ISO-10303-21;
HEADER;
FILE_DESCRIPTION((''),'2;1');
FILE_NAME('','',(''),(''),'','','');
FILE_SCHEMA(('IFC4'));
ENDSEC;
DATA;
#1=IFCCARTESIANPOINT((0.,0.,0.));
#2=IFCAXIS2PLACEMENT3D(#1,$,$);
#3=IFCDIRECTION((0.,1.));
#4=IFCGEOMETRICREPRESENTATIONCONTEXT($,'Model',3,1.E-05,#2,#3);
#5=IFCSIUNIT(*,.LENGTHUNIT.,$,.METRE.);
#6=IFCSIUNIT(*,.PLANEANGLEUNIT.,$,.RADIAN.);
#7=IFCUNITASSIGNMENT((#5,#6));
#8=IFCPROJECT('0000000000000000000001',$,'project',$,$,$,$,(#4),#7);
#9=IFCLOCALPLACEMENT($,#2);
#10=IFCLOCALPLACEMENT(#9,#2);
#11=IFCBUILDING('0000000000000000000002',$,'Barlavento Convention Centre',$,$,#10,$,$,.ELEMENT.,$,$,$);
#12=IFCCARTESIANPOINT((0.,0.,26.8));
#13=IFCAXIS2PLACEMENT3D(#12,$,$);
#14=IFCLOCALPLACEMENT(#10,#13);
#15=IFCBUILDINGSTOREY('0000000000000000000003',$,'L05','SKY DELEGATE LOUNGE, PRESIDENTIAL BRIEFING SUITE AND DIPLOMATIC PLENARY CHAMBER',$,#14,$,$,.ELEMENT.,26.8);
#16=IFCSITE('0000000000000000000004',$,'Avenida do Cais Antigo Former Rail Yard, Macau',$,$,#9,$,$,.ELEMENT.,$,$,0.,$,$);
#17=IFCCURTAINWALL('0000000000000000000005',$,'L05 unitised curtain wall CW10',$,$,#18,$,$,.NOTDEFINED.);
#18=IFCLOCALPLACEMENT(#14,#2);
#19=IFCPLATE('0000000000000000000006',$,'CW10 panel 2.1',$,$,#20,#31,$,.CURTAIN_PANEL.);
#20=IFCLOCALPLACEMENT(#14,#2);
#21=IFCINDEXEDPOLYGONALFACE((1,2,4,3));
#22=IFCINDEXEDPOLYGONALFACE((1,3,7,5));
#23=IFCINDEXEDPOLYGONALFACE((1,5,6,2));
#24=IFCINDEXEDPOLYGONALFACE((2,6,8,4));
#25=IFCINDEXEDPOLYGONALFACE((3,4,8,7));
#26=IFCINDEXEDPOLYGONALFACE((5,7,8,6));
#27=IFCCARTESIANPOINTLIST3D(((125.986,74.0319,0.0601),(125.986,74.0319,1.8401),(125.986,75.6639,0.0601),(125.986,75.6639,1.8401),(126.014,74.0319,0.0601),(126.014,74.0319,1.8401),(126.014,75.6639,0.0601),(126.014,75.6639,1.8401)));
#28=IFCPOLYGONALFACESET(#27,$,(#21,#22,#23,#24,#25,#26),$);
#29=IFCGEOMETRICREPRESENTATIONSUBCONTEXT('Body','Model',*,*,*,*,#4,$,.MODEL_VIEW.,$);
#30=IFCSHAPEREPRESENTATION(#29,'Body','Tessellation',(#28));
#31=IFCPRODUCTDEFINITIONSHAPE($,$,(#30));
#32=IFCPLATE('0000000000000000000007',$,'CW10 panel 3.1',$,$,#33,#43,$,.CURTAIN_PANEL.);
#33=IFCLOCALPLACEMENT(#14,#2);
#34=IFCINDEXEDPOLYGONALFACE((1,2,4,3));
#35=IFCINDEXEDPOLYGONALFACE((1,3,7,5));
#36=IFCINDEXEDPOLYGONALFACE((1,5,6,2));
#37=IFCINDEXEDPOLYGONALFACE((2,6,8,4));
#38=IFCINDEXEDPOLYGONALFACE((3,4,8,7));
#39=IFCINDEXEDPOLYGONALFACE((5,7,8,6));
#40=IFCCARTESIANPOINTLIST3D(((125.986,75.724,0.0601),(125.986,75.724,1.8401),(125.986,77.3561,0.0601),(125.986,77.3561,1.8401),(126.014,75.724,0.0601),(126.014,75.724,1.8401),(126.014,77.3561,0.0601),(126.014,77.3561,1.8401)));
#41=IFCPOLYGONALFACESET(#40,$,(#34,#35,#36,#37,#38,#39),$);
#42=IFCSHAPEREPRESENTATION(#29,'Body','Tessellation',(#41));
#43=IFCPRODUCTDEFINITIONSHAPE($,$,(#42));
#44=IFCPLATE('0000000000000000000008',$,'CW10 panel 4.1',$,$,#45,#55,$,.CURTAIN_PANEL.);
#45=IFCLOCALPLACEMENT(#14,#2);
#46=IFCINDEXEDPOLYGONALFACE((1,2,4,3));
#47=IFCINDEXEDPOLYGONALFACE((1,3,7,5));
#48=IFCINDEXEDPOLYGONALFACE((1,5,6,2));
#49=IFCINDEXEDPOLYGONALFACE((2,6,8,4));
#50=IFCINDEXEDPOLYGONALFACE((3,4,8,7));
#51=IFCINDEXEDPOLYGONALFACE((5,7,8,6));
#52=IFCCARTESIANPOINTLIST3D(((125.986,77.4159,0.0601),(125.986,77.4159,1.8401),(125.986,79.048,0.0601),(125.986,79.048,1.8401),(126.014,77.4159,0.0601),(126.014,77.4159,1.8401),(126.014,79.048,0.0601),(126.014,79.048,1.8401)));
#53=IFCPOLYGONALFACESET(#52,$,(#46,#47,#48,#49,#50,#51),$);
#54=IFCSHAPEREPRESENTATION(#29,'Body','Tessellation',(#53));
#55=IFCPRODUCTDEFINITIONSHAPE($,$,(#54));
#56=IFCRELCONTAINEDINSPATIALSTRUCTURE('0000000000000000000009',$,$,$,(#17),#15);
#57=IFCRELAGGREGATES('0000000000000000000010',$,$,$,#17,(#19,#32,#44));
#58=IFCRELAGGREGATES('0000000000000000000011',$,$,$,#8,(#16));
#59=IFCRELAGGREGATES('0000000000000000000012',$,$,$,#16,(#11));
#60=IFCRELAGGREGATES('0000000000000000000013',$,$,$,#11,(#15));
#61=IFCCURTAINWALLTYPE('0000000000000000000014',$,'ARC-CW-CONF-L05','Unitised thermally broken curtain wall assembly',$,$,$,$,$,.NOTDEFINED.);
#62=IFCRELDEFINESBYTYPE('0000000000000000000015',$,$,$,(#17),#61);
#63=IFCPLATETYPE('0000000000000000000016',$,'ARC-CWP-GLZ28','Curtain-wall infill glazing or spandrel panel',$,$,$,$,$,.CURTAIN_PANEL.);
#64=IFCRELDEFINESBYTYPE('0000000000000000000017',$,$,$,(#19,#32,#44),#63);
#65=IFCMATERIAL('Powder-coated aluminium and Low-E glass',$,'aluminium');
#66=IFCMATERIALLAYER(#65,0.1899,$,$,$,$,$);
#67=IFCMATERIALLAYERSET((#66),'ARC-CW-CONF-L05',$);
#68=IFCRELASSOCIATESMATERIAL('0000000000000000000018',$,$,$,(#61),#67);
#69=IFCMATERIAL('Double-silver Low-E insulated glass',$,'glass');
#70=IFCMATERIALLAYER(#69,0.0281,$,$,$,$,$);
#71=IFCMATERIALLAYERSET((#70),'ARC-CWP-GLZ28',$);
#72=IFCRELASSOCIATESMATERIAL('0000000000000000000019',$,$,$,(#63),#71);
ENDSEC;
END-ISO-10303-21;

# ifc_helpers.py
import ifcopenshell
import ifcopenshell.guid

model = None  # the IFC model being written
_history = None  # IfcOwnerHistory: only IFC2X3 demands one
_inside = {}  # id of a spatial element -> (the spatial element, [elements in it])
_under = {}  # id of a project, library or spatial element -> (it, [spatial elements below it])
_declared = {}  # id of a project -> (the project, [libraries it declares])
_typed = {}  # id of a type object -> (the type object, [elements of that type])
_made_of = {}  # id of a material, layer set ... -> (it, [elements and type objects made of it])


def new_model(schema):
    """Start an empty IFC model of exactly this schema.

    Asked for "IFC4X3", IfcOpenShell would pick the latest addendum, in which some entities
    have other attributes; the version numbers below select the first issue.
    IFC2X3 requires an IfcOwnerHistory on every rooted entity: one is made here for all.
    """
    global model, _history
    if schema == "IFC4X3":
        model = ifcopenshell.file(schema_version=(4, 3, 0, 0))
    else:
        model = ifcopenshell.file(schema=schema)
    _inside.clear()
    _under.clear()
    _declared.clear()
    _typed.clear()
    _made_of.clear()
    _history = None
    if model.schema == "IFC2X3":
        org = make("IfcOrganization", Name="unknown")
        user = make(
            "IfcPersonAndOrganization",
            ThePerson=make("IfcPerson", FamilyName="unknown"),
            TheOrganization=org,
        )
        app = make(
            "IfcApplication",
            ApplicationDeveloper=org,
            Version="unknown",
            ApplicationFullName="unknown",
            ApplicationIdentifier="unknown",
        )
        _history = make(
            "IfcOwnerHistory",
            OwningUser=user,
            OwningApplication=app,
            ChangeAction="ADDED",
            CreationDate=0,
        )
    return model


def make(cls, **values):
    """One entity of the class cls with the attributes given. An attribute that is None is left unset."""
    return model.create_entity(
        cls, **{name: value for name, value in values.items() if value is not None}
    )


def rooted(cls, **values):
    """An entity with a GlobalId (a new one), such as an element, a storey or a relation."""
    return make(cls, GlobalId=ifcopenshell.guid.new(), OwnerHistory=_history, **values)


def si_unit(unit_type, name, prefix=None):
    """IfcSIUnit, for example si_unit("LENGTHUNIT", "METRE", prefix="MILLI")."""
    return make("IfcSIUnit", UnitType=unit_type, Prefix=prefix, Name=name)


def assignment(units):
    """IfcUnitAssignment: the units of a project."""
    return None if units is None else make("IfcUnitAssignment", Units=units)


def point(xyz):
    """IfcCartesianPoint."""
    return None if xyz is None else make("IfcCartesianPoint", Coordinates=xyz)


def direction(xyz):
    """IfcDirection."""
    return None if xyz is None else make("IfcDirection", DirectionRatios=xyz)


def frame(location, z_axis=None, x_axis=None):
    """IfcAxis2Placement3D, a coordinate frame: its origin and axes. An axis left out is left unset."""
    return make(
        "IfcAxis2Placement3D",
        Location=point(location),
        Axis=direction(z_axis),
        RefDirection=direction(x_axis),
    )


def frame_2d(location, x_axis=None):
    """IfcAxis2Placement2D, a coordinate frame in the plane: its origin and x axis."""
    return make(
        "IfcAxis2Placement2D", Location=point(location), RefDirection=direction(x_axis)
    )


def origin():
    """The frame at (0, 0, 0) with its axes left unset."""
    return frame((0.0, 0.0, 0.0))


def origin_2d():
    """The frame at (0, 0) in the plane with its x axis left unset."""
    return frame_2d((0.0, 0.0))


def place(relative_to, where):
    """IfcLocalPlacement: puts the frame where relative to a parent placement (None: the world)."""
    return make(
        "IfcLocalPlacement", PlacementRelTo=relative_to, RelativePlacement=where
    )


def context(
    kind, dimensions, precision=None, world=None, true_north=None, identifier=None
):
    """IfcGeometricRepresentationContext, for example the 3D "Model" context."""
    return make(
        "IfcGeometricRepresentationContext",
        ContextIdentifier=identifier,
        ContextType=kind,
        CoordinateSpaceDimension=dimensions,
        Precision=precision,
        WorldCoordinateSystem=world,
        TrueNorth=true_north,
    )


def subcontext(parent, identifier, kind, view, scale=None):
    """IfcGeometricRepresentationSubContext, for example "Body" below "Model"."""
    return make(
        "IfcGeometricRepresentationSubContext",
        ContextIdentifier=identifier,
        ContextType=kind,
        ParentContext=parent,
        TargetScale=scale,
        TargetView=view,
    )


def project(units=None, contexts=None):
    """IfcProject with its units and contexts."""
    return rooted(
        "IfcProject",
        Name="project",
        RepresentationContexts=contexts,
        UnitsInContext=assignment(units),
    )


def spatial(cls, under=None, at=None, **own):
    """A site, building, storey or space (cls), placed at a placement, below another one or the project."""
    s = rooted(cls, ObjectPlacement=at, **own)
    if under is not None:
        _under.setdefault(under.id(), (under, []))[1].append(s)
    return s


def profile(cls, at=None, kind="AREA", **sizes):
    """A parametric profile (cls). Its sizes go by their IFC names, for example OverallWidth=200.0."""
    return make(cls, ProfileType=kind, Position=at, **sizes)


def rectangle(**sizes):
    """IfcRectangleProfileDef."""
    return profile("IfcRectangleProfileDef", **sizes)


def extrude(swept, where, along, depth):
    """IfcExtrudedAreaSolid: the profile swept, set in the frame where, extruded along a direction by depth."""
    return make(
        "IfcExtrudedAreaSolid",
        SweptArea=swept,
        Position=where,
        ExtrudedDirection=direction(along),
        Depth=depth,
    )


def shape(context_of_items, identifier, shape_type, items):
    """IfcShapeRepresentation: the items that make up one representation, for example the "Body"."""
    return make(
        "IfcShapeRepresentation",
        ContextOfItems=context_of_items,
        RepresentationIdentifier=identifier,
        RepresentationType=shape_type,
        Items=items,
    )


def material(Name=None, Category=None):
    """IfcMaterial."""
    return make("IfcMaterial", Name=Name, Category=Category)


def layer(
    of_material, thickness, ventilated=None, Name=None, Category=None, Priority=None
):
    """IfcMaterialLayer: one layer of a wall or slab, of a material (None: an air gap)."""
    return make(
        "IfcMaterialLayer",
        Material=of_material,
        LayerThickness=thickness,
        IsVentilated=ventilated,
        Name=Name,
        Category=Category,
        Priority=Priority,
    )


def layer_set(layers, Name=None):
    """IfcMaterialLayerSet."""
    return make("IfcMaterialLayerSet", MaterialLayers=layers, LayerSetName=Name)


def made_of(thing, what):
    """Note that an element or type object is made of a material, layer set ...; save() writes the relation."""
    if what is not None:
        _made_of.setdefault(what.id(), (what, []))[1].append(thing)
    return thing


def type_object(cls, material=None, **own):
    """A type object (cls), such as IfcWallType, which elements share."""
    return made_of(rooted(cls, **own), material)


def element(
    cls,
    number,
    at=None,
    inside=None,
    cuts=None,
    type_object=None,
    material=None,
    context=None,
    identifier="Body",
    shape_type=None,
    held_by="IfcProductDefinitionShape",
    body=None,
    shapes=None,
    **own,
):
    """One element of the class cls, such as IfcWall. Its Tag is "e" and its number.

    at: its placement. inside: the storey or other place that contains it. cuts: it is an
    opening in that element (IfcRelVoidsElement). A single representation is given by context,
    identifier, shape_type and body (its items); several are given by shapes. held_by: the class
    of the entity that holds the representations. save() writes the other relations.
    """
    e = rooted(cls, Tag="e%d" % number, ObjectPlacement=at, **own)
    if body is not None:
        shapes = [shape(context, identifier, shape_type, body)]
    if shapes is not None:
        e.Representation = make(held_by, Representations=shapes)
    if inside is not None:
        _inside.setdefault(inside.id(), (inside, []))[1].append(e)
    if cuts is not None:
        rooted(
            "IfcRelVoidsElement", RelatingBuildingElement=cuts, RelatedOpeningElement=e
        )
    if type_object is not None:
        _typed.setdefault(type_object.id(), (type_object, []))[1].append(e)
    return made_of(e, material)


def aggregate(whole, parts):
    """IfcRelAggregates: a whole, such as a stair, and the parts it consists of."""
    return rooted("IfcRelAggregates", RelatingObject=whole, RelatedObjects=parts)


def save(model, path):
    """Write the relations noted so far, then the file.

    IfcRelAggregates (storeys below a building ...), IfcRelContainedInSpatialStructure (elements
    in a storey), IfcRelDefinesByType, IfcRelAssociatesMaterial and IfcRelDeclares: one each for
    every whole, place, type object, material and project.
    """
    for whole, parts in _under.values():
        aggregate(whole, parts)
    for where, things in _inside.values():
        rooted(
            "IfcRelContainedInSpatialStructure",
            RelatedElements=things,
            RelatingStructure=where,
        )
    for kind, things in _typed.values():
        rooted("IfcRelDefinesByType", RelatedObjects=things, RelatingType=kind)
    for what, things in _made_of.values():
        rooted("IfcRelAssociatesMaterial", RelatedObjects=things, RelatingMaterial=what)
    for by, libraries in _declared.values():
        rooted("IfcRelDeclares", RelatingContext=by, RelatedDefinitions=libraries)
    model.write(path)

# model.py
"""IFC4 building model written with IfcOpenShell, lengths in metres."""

from ifc_helpers import new_model, si_unit, direction, frame, origin, origin_2d, place, context, subcontext, project, spatial, rectangle, extrude, material, layer, layer_set, type_object, element, aggregate, save


model = new_model("IFC4")

# Units and contexts
model_context = context("Model", 3, precision=1e-05, world=origin(), true_north=direction((0.0, 1.0)))
body_context = subcontext(model_context, "Body", "Model", "MODEL_VIEW")
ifc_project = project(units=[si_unit("LENGTHUNIT", "METRE"), si_unit("PLANEANGLEUNIT", "RADIAN")], contexts=[model_context])

# Site, building, storey
site_placement = place(None, origin())
site = spatial("IfcSite", under=ifc_project, at=site_placement, Name="Avenida do Cais Antigo Former Rail Yard, Macau", CompositionType="ELEMENT", RefElevation=0.0)
building_placement = place(site_placement, origin())
building = spatial("IfcBuilding", under=site, at=building_placement, Name="Barlavento Convention Centre", CompositionType="ELEMENT")
storey_placement = place(building_placement, frame((0.0, 0.0, 26.8)))
storey = spatial("IfcBuildingStorey", under=building, at=storey_placement, Name="L05", Description="SKY DELEGATE LOUNGE, PRESIDENTIAL BRIEFING SUITE AND DIPLOMATIC PLENARY CHAMBER", CompositionType="ELEMENT", Elevation=26.8)

# Curtain wall
ifc_material_1 = material(Name="Powder-coated aluminium and Low-E glass", Category="aluminium")
ifc_layer_1 = layer(ifc_material_1, 0.1899)
ifc_layer_set_1 = layer_set([ifc_layer_1], Name="ARC-CW-CONF-L05")
curtain_wall_type = type_object("IfcCurtainWallType", Name="ARC-CW-CONF-L05", Description="Unitised thermally broken curtain wall assembly", PredefinedType="NOTDEFINED", material=ifc_layer_set_1)
curtain_wall_placement = place(storey_placement, origin())
curtain_wall = element("IfcCurtainWall", 1, at=curtain_wall_placement, inside=storey, type_object=curtain_wall_type, Name="L05 unitised curtain wall CW10", PredefinedType="NOTDEFINED")

# Plates
ifc_material_2 = material(Name="Double-silver Low-E insulated glass", Category="glass")
ifc_layer_2 = layer(ifc_material_2, 0.0281)
ifc_layer_set_2 = layer_set([ifc_layer_2], Name="ARC-CWP-GLZ28")
plate_type = type_object("IfcPlateType", Name="ARC-CWP-GLZ28", Description="Curtain-wall infill glazing or spandrel panel", PredefinedType="CURTAIN_PANEL", material=ifc_layer_set_2)
plate_1_placement = place(storey_placement, frame((126.0, 74.8479, 0.0601), z_axis=(0.0, 0.0, 1.0), x_axis=(0.0, 1.0, 0.0)))
plate_1 = element("IfcPlate", 2, at=plate_1_placement, type_object=plate_type, Name="CW10 panel 2.1", PredefinedType="CURTAIN_PANEL", context=body_context, shape_type="SweptSolid", body=[
    extrude(rectangle(XDim=1.6321, YDim=0.0281, at=origin_2d()), origin(), (0.0, 0.0, 1.0), 1.78),
])
plate_2_placement = place(storey_placement, frame((126.0, 76.54, 0.0601), z_axis=(0.0, 0.0, 1.0), x_axis=(0.0, 1.0, 0.0)))
plate_2 = element("IfcPlate", 3, at=plate_2_placement, type_object=plate_type, Name="CW10 panel 3.1", PredefinedType="CURTAIN_PANEL", context=body_context, shape_type="SweptSolid", body=[
    extrude(rectangle(XDim=1.6321, YDim=0.0281, at=origin_2d()), origin(), (0.0, 0.0, 1.0), 1.78),
])
plate_3_placement = place(storey_placement, frame((126.0, 78.2319, 0.0601), z_axis=(0.0, 0.0, 1.0), x_axis=(0.0, 1.0, 0.0)))
plate_3 = element("IfcPlate", 4, at=plate_3_placement, type_object=plate_type, Name="CW10 panel 4.1", PredefinedType="CURTAIN_PANEL", context=body_context, shape_type="SweptSolid", body=[
    extrude(rectangle(XDim=1.6321, YDim=0.0281, at=origin_2d()), origin(), (0.0, 0.0, 1.0), 1.78),
])
aggregate(curtain_wall, [plate_1, plate_2, plate_3])

save(model, "model.ifc")
